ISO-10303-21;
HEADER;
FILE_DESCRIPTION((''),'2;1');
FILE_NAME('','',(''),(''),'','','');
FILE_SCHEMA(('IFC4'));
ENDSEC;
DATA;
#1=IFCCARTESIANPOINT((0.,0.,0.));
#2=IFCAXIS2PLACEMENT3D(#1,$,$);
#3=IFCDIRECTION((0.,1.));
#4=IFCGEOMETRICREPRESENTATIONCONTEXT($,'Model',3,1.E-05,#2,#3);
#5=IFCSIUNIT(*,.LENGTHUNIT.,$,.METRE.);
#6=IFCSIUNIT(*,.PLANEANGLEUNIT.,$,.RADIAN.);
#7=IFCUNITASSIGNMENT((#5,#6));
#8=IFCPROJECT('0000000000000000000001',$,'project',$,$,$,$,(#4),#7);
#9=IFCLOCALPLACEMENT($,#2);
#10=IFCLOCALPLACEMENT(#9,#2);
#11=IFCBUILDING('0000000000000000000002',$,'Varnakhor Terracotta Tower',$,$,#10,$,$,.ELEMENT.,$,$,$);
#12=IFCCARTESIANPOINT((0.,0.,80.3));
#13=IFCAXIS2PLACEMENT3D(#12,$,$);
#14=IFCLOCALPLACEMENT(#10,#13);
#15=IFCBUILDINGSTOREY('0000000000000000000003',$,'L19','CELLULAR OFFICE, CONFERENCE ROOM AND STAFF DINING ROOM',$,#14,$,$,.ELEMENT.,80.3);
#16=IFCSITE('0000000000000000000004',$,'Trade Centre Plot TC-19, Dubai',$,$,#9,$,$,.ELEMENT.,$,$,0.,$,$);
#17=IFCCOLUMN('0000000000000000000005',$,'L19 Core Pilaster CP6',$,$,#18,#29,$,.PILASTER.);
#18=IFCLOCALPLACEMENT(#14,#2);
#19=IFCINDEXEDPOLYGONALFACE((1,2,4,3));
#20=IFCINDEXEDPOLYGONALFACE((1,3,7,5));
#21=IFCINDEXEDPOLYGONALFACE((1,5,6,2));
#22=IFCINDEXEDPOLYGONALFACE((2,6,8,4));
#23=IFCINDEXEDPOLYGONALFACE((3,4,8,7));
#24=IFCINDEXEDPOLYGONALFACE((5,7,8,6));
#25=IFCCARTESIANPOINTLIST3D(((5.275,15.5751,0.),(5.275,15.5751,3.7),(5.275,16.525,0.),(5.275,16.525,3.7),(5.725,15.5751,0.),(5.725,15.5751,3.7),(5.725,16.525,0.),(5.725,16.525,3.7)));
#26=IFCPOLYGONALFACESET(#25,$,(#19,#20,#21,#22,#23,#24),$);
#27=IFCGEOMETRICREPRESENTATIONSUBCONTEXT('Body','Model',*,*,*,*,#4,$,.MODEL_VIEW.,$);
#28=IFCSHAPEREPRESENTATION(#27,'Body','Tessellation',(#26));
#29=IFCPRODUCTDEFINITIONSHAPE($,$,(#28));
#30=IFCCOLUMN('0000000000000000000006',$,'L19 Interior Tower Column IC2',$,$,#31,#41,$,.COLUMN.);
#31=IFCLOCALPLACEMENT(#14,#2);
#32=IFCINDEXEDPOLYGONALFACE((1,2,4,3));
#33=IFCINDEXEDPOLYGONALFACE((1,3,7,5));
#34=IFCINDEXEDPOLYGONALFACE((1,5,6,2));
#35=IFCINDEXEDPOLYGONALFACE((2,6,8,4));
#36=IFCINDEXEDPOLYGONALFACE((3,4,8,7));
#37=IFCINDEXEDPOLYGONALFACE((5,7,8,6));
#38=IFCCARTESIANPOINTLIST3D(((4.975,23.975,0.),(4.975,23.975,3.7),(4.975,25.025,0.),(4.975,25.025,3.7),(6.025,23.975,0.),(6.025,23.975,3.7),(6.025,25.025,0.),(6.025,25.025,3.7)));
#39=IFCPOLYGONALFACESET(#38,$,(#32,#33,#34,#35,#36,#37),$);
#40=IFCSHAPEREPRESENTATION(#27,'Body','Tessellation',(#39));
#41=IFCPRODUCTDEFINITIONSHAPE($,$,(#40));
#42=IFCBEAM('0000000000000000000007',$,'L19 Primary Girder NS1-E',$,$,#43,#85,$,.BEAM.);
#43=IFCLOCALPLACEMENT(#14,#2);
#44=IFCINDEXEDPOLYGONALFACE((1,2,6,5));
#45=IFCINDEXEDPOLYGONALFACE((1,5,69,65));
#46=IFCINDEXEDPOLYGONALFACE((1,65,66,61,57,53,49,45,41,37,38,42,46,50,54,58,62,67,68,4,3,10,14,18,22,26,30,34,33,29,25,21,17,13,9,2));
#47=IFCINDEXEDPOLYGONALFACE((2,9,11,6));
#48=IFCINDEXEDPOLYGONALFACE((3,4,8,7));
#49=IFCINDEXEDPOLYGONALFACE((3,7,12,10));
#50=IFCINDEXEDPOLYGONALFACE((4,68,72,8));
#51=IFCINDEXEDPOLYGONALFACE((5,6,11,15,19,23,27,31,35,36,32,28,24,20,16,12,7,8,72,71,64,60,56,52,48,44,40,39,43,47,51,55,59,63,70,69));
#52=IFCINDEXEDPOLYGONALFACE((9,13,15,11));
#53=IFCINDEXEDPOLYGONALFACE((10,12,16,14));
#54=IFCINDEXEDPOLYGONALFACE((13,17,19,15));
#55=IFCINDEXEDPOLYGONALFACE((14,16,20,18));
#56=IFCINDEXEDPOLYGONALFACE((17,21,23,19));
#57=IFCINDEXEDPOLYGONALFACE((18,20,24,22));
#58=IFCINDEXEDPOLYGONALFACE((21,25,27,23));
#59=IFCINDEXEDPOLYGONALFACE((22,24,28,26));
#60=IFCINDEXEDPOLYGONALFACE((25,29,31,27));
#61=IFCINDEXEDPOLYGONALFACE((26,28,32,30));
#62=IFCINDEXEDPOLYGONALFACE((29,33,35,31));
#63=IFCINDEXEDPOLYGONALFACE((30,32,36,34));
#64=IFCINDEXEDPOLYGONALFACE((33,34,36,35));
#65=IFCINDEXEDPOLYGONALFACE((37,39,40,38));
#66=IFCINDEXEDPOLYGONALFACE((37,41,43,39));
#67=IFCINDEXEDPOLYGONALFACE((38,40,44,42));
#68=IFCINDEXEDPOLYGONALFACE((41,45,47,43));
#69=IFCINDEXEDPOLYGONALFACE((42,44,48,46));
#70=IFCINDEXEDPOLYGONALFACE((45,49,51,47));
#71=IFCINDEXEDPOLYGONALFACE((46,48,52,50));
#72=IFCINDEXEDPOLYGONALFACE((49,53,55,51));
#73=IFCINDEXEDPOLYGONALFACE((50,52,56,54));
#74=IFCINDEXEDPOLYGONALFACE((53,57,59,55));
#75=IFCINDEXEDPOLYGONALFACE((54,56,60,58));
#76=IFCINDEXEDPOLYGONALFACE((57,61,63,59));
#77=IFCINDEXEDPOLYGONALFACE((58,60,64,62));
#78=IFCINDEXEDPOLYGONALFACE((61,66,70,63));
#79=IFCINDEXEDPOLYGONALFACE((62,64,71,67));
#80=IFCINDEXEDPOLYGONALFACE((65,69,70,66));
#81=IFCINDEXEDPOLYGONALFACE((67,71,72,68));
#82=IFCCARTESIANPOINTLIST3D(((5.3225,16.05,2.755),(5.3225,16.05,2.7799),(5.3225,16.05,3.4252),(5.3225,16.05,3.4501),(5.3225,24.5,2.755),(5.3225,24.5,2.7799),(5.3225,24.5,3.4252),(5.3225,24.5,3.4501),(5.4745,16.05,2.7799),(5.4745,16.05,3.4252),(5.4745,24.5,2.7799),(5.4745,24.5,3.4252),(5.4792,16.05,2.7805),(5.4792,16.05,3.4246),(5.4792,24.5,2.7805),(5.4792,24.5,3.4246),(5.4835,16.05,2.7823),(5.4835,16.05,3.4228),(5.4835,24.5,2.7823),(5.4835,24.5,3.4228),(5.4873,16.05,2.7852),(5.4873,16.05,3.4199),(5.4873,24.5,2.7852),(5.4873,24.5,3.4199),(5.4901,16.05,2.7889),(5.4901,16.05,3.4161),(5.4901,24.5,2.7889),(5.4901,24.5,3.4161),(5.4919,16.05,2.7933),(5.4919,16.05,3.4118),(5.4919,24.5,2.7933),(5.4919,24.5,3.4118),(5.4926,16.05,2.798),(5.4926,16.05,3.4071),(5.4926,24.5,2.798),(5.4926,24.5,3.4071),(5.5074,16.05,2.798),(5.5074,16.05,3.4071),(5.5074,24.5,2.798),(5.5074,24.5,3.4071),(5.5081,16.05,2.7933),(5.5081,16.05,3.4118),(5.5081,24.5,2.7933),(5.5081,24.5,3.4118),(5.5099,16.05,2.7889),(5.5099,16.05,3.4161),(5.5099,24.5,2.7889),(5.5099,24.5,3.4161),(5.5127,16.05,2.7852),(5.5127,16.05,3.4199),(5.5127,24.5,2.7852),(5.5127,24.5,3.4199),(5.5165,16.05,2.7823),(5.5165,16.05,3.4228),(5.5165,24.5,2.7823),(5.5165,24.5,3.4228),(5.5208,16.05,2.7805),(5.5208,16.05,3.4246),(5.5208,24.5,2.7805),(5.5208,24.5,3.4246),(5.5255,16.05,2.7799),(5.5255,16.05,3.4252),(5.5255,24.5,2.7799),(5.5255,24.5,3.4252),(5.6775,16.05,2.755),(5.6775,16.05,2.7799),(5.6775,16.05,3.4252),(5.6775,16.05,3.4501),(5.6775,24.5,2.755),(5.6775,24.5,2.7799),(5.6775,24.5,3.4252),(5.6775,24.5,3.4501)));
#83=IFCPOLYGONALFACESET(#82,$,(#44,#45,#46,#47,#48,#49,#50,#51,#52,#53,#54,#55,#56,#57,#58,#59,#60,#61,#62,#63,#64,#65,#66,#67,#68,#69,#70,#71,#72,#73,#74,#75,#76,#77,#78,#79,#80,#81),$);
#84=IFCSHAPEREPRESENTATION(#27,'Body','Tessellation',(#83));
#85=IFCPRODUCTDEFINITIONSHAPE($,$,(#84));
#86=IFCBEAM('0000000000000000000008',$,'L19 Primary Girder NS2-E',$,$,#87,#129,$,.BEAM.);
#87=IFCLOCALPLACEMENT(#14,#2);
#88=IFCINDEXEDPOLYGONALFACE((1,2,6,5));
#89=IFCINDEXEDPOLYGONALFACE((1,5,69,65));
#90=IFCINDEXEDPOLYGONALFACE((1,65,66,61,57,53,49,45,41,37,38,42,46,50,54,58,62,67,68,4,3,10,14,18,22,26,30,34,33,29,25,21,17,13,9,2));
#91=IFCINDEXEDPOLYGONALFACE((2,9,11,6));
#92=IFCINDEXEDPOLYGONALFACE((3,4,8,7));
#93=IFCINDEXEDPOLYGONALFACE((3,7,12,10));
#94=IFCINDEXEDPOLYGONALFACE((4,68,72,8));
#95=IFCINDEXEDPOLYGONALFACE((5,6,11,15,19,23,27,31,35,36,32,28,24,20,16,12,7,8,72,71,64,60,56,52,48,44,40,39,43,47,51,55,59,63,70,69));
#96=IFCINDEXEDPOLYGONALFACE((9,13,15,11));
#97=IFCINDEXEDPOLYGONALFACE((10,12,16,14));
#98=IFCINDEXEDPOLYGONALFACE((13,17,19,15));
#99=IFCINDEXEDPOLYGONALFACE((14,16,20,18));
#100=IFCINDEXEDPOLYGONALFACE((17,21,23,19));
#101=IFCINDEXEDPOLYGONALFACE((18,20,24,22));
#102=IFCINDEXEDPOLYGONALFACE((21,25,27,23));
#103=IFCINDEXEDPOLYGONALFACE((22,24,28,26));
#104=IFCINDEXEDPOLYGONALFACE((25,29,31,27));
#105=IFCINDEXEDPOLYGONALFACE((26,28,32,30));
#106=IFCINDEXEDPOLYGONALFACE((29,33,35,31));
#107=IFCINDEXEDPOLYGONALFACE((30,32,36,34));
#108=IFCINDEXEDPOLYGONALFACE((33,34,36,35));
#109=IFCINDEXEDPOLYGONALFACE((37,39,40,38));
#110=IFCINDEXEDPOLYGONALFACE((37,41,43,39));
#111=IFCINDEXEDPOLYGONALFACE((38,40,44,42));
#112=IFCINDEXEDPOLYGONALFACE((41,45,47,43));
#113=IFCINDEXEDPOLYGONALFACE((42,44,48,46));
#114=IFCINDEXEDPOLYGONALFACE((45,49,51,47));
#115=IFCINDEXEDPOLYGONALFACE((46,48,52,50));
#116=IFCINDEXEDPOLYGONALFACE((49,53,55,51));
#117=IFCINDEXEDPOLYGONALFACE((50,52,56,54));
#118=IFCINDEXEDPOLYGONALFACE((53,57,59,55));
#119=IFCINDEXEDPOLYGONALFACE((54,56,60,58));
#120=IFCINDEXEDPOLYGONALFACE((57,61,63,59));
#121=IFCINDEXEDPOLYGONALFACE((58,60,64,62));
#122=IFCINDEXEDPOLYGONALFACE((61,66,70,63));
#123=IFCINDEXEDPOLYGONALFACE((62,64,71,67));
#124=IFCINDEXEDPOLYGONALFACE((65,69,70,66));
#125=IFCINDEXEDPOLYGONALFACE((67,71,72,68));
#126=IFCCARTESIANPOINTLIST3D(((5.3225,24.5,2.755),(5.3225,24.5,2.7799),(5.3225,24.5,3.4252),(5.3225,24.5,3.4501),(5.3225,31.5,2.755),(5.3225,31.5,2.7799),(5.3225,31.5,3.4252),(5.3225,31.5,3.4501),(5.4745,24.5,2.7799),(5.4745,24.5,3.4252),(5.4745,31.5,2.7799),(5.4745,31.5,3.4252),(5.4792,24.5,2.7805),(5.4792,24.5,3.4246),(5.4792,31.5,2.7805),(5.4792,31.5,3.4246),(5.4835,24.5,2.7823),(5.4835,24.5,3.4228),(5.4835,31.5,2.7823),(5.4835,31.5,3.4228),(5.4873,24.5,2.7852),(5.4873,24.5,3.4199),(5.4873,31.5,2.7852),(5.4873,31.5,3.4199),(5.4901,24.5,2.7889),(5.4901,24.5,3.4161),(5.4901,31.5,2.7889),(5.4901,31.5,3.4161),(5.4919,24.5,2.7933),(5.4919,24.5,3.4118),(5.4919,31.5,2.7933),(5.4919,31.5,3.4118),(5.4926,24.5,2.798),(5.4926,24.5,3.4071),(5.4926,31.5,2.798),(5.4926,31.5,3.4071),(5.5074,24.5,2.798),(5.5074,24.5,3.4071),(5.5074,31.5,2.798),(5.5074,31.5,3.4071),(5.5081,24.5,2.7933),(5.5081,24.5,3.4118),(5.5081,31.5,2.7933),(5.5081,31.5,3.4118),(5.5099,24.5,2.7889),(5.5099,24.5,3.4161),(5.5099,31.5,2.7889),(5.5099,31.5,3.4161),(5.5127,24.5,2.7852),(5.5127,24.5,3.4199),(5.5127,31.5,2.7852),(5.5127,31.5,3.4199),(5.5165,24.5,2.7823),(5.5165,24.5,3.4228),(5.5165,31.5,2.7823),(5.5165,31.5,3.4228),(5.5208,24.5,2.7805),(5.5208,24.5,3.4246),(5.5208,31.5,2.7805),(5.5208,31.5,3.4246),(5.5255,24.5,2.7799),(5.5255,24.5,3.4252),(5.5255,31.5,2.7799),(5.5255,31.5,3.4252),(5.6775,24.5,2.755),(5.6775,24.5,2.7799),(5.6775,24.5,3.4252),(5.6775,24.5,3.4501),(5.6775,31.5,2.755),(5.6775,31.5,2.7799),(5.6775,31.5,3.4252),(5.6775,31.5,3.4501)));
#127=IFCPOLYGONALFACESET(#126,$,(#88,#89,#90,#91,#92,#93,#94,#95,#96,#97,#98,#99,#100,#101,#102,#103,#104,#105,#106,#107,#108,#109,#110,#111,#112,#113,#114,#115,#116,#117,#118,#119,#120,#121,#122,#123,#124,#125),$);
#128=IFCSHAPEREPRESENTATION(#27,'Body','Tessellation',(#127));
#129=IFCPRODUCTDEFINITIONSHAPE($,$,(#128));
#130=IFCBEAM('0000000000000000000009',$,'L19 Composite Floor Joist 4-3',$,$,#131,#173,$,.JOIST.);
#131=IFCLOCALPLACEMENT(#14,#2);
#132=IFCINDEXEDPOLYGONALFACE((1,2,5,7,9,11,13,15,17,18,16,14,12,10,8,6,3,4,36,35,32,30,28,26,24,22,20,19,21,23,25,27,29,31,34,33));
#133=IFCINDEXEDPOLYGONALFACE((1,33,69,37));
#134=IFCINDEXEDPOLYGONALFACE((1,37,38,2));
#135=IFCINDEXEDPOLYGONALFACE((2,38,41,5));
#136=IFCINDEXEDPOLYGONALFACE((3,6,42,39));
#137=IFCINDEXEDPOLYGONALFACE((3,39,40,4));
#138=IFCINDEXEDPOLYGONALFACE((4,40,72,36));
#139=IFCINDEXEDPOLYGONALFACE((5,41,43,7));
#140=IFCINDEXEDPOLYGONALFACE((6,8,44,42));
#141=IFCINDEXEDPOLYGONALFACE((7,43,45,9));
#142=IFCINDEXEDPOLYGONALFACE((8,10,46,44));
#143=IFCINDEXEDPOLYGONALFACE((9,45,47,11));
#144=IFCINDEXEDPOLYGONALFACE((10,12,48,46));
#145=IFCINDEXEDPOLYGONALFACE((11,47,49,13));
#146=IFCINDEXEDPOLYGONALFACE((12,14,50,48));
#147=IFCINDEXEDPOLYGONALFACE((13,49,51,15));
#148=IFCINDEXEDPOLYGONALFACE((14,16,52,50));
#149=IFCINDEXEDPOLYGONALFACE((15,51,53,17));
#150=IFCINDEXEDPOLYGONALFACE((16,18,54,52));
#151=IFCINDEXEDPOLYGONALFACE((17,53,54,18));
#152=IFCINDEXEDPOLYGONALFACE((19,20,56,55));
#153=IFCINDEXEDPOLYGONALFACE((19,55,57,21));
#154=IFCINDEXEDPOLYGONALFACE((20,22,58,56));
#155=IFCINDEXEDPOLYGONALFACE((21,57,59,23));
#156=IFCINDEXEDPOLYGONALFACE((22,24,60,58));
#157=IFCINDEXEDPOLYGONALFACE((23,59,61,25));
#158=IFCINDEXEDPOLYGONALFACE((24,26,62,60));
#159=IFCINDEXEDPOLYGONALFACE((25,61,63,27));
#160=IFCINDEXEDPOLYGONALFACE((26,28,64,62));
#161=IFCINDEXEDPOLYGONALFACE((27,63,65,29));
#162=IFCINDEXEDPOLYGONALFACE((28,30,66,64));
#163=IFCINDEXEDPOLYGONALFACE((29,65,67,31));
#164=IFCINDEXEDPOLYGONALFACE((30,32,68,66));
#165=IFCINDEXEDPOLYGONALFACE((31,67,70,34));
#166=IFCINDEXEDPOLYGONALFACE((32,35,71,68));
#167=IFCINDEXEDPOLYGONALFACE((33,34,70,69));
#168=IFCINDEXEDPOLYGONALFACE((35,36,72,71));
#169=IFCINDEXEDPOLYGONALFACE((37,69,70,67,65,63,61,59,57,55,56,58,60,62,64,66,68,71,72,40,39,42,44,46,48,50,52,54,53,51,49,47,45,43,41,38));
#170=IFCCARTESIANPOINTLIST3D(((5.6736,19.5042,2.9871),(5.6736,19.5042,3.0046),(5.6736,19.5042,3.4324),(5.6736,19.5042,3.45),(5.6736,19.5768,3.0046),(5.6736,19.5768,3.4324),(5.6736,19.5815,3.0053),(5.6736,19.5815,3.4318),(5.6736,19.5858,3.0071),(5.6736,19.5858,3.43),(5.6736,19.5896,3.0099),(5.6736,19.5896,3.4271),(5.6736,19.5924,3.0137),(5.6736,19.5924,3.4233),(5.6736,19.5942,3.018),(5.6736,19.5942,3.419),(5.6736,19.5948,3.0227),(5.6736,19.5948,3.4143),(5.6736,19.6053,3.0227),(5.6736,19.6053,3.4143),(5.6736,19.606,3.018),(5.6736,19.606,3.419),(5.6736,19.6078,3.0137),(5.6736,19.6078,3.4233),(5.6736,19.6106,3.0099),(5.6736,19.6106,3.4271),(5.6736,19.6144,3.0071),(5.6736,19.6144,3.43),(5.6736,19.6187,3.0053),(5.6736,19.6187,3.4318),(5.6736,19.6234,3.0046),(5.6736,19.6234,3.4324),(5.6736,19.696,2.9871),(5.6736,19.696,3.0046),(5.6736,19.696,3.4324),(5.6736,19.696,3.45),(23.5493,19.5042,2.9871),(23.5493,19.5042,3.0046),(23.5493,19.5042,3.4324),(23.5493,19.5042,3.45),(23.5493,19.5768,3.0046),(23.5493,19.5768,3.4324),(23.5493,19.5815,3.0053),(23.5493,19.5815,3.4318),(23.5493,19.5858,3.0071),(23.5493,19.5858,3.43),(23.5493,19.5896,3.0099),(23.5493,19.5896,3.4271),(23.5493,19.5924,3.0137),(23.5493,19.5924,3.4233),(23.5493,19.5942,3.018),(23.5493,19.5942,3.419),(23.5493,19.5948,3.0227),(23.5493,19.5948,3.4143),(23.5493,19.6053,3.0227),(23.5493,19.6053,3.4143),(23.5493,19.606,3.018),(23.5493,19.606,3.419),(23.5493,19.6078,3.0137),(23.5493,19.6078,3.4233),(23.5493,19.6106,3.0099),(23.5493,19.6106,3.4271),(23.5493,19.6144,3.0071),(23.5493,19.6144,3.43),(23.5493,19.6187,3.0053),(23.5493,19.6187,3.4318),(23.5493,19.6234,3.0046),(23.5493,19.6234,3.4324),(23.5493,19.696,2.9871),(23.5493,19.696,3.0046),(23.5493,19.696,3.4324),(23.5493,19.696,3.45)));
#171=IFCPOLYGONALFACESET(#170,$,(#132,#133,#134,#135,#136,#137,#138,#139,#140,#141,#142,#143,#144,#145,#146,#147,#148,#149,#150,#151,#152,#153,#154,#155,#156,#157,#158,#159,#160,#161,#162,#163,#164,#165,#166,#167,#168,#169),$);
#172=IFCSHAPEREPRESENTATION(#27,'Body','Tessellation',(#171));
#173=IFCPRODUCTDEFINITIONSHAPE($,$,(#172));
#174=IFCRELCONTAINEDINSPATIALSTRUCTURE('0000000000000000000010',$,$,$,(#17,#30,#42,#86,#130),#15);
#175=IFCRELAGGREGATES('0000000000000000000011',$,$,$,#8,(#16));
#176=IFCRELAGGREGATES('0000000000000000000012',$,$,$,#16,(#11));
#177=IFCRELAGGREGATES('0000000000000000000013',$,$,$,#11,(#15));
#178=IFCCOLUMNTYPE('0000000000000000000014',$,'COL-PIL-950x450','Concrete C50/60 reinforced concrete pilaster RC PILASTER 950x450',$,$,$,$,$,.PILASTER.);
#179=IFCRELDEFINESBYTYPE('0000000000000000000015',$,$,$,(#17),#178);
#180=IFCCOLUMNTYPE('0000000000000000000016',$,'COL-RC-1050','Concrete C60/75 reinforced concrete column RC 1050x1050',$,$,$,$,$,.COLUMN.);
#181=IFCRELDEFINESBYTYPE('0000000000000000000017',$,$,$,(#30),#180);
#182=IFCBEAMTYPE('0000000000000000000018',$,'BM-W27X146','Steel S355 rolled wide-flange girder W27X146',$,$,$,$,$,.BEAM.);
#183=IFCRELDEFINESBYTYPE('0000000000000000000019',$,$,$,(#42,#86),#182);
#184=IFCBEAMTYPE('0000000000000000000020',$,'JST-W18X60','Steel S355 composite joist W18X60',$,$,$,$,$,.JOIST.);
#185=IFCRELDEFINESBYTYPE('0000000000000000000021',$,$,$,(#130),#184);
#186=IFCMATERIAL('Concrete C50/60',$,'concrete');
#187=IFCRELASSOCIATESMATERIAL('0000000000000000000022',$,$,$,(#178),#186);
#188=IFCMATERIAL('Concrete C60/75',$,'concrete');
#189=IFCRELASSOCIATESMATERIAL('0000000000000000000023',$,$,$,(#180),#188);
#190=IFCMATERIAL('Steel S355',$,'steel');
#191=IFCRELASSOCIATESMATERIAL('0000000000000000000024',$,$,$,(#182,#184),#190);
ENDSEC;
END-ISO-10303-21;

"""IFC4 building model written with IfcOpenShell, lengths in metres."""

from ifc_helpers import new_model, si_unit, direction, frame, origin, origin_2d, place, context, subcontext, project, spatial, rectangle, i_section, extrude, source, transform, mapped, material, material_profile, profile_set, type_object, type_shapes, element, save


model = new_model("IFC4")

# Units and contexts
model_context = context("Model", 3, precision=1e-05, world=origin(), true_north=direction((0.0, 1.0)))
body_context = subcontext(model_context, "Body", "Model", "MODEL_VIEW")
ifc_project = project(units=[si_unit("LENGTHUNIT", "METRE"), si_unit("PLANEANGLEUNIT", "RADIAN")], contexts=[model_context])

# Site, building, storey
site_placement = place(None, origin())
site = spatial("IfcSite", under=ifc_project, at=site_placement, Name="Trade Centre Plot TC-19, Dubai", CompositionType="ELEMENT", RefElevation=0.0)
building_placement = place(site_placement, origin())
building = spatial("IfcBuilding", under=site, at=building_placement, Name="Varnakhor Terracotta Tower", CompositionType="ELEMENT")
storey_placement = place(building_placement, frame((0.0, 0.0, 80.3)))
storey = spatial("IfcBuildingStorey", under=building, at=storey_placement, Name="L19", Description="CELLULAR OFFICE, CONFERENCE ROOM AND STAFF DINING ROOM", CompositionType="ELEMENT", Elevation=80.3)

# Columns
ifc_material_1 = material(Name="Concrete C50/60", Category="concrete")
ifc_material_profile_1 = material_profile(ifc_material_1, rectangle(XDim=0.45, YDim=0.95, at=origin_2d()), Name="RC PILASTER 950x450")
ifc_profile_set_1 = profile_set([ifc_material_profile_1], Name="Concrete C50/60")
column_type_1 = type_object("IfcColumnType", Name="COL-PIL-950x450", Description="Concrete C50/60 reinforced concrete pilaster RC PILASTER 950x450", PredefinedType="PILASTER", material=ifc_profile_set_1)
shared_shape_1 = source(origin(), body_context, "Body", "SweptSolid", [
    extrude(rectangle(XDim=0.45, YDim=0.95, at=origin_2d()), origin(), (0.0, 0.0, 1.0), 3.7),
])
column_1_placement = place(storey_placement, frame((5.5, 16.05, 0.0), z_axis=(0.0, 0.0, 1.0), x_axis=(1.0, 0.0, 0.0)))
element("IfcColumn", 1, at=column_1_placement, inside=storey, type_object=column_type_1, Name="L19 Core Pilaster CP6", PredefinedType="PILASTER", context=body_context, shape_type="MappedRepresentation", body=[
    mapped(shared_shape_1, transform((0.0, 0.0, 0.0), scale=1.0)),
])
ifc_material_2 = material(Name="Concrete C60/75", Category="concrete")
ifc_material_profile_2 = material_profile(ifc_material_2, rectangle(XDim=1.05, YDim=1.05, at=origin_2d()), Name="RC 1050x1050")
ifc_profile_set_2 = profile_set([ifc_material_profile_2], Name="Concrete C60/75")
column_type_2 = type_object("IfcColumnType", Name="COL-RC-1050", Description="Concrete C60/75 reinforced concrete column RC 1050x1050", PredefinedType="COLUMN", material=ifc_profile_set_2)
shared_shape_2 = source(origin(), body_context, "Body", "SweptSolid", [
    extrude(rectangle(XDim=1.05, YDim=1.05, at=origin_2d()), origin(), (0.0, 0.0, 1.0), 3.7),
])
column_2_placement = place(storey_placement, frame((5.5, 24.5, 0.0), z_axis=(0.0, 0.0, 1.0), x_axis=(1.0, 0.0, 0.0)))
element("IfcColumn", 2, at=column_2_placement, inside=storey, type_object=column_type_2, Name="L19 Interior Tower Column IC2", PredefinedType="COLUMN", context=body_context, shape_type="MappedRepresentation", body=[
    mapped(shared_shape_2, transform((0.0, 0.0, 0.0), scale=1.0)),
])

# Beams
ifc_material_3 = material(Name="Steel S355", Category="steel")
ifc_material_profile_3 = material_profile(ifc_material_3, i_section(OverallWidth=0.355, OverallDepth=0.6951, WebThickness=0.0149, FlangeThickness=0.0249, FilletRadius=0.0181, at=origin_2d()), Name="W27X146")
ifc_profile_set_3 = profile_set([ifc_material_profile_3], Name="Steel S355")
beam_type_1 = type_object("IfcBeamType", Name="BM-W27X146", Description="Steel S355 rolled wide-flange girder W27X146", PredefinedType="BEAM", material=ifc_profile_set_3)
shared_shape_3 = source(origin(), body_context, "Body", "SweptSolid", [
    extrude(i_section(OverallWidth=0.355, OverallDepth=0.6951, WebThickness=0.0149, FlangeThickness=0.0249, FilletRadius=0.0181, at=origin_2d()), origin(), (0.0, 0.0, 1.0), 8.45),
])
type_shapes(beam_type_1, [shared_shape_3])
beam_1_placement = place(storey_placement, frame((5.5, 16.05, 3.1025), z_axis=(0.0, 1.0, 0.0), x_axis=(-1.0, 0.0, 0.0)))
element("IfcBeam", 3, at=beam_1_placement, inside=storey, type_object=beam_type_1, Name="L19 Primary Girder NS1-E", PredefinedType="BEAM", context=body_context, shape_type="MappedRepresentation", body=[
    mapped(shared_shape_3, transform((0.0, 0.0, 0.0), scale=1.0)),
])
shared_shape_4 = source(origin(), body_context, "Body", "SweptSolid", [
    extrude(i_section(OverallWidth=0.355, OverallDepth=0.6951, WebThickness=0.0149, FlangeThickness=0.0249, FilletRadius=0.0181, at=origin_2d()), origin(), (0.0, 0.0, 1.0), 7.0),
])
beam_2_placement = place(storey_placement, frame((5.5, 24.5, 3.1025), z_axis=(0.0, 1.0, 0.0), x_axis=(-1.0, 0.0, 0.0)))
element("IfcBeam", 4, at=beam_2_placement, inside=storey, type_object=beam_type_1, Name="L19 Primary Girder NS2-E", PredefinedType="BEAM", context=body_context, shape_type="MappedRepresentation", body=[
    mapped(shared_shape_4, transform((0.0, 0.0, 0.0), scale=1.0)),
])
ifc_material_profile_4 = material_profile(ifc_material_3, i_section(OverallWidth=0.1919, OverallDepth=0.4629, WebThickness=0.0105, FlangeThickness=0.0176, FilletRadius=0.0181, at=origin_2d()), Name="W18X60")
ifc_profile_set_4 = profile_set([ifc_material_profile_4], Name="Steel S355")
beam_type_2 = type_object("IfcBeamType", Name="JST-W18X60", Description="Steel S355 composite joist W18X60", PredefinedType="JOIST", material=ifc_profile_set_4)
shared_shape_5 = source(origin(), body_context, "Body", "SweptSolid", [
    extrude(i_section(OverallWidth=0.1919, OverallDepth=0.4629, WebThickness=0.0105, FlangeThickness=0.0176, FilletRadius=0.0181, at=origin_2d()), origin(), (0.0, 0.0, 1.0), 17.8757),
])
beam_3_placement = place(storey_placement, frame((5.6736, 19.6001, 3.2185), z_axis=(1.0, 0.0, 0.0), x_axis=(0.0, 1.0, 0.0)))
element("IfcBeam", 5, at=beam_3_placement, inside=storey, type_object=beam_type_2, Name="L19 Composite Floor Joist 4-3", PredefinedType="JOIST", context=body_context, shape_type="MappedRepresentation", body=[
    mapped(shared_shape_5, transform((0.0, 0.0, 0.0), scale=1.0)),
])

save(model, "model.ifc")
